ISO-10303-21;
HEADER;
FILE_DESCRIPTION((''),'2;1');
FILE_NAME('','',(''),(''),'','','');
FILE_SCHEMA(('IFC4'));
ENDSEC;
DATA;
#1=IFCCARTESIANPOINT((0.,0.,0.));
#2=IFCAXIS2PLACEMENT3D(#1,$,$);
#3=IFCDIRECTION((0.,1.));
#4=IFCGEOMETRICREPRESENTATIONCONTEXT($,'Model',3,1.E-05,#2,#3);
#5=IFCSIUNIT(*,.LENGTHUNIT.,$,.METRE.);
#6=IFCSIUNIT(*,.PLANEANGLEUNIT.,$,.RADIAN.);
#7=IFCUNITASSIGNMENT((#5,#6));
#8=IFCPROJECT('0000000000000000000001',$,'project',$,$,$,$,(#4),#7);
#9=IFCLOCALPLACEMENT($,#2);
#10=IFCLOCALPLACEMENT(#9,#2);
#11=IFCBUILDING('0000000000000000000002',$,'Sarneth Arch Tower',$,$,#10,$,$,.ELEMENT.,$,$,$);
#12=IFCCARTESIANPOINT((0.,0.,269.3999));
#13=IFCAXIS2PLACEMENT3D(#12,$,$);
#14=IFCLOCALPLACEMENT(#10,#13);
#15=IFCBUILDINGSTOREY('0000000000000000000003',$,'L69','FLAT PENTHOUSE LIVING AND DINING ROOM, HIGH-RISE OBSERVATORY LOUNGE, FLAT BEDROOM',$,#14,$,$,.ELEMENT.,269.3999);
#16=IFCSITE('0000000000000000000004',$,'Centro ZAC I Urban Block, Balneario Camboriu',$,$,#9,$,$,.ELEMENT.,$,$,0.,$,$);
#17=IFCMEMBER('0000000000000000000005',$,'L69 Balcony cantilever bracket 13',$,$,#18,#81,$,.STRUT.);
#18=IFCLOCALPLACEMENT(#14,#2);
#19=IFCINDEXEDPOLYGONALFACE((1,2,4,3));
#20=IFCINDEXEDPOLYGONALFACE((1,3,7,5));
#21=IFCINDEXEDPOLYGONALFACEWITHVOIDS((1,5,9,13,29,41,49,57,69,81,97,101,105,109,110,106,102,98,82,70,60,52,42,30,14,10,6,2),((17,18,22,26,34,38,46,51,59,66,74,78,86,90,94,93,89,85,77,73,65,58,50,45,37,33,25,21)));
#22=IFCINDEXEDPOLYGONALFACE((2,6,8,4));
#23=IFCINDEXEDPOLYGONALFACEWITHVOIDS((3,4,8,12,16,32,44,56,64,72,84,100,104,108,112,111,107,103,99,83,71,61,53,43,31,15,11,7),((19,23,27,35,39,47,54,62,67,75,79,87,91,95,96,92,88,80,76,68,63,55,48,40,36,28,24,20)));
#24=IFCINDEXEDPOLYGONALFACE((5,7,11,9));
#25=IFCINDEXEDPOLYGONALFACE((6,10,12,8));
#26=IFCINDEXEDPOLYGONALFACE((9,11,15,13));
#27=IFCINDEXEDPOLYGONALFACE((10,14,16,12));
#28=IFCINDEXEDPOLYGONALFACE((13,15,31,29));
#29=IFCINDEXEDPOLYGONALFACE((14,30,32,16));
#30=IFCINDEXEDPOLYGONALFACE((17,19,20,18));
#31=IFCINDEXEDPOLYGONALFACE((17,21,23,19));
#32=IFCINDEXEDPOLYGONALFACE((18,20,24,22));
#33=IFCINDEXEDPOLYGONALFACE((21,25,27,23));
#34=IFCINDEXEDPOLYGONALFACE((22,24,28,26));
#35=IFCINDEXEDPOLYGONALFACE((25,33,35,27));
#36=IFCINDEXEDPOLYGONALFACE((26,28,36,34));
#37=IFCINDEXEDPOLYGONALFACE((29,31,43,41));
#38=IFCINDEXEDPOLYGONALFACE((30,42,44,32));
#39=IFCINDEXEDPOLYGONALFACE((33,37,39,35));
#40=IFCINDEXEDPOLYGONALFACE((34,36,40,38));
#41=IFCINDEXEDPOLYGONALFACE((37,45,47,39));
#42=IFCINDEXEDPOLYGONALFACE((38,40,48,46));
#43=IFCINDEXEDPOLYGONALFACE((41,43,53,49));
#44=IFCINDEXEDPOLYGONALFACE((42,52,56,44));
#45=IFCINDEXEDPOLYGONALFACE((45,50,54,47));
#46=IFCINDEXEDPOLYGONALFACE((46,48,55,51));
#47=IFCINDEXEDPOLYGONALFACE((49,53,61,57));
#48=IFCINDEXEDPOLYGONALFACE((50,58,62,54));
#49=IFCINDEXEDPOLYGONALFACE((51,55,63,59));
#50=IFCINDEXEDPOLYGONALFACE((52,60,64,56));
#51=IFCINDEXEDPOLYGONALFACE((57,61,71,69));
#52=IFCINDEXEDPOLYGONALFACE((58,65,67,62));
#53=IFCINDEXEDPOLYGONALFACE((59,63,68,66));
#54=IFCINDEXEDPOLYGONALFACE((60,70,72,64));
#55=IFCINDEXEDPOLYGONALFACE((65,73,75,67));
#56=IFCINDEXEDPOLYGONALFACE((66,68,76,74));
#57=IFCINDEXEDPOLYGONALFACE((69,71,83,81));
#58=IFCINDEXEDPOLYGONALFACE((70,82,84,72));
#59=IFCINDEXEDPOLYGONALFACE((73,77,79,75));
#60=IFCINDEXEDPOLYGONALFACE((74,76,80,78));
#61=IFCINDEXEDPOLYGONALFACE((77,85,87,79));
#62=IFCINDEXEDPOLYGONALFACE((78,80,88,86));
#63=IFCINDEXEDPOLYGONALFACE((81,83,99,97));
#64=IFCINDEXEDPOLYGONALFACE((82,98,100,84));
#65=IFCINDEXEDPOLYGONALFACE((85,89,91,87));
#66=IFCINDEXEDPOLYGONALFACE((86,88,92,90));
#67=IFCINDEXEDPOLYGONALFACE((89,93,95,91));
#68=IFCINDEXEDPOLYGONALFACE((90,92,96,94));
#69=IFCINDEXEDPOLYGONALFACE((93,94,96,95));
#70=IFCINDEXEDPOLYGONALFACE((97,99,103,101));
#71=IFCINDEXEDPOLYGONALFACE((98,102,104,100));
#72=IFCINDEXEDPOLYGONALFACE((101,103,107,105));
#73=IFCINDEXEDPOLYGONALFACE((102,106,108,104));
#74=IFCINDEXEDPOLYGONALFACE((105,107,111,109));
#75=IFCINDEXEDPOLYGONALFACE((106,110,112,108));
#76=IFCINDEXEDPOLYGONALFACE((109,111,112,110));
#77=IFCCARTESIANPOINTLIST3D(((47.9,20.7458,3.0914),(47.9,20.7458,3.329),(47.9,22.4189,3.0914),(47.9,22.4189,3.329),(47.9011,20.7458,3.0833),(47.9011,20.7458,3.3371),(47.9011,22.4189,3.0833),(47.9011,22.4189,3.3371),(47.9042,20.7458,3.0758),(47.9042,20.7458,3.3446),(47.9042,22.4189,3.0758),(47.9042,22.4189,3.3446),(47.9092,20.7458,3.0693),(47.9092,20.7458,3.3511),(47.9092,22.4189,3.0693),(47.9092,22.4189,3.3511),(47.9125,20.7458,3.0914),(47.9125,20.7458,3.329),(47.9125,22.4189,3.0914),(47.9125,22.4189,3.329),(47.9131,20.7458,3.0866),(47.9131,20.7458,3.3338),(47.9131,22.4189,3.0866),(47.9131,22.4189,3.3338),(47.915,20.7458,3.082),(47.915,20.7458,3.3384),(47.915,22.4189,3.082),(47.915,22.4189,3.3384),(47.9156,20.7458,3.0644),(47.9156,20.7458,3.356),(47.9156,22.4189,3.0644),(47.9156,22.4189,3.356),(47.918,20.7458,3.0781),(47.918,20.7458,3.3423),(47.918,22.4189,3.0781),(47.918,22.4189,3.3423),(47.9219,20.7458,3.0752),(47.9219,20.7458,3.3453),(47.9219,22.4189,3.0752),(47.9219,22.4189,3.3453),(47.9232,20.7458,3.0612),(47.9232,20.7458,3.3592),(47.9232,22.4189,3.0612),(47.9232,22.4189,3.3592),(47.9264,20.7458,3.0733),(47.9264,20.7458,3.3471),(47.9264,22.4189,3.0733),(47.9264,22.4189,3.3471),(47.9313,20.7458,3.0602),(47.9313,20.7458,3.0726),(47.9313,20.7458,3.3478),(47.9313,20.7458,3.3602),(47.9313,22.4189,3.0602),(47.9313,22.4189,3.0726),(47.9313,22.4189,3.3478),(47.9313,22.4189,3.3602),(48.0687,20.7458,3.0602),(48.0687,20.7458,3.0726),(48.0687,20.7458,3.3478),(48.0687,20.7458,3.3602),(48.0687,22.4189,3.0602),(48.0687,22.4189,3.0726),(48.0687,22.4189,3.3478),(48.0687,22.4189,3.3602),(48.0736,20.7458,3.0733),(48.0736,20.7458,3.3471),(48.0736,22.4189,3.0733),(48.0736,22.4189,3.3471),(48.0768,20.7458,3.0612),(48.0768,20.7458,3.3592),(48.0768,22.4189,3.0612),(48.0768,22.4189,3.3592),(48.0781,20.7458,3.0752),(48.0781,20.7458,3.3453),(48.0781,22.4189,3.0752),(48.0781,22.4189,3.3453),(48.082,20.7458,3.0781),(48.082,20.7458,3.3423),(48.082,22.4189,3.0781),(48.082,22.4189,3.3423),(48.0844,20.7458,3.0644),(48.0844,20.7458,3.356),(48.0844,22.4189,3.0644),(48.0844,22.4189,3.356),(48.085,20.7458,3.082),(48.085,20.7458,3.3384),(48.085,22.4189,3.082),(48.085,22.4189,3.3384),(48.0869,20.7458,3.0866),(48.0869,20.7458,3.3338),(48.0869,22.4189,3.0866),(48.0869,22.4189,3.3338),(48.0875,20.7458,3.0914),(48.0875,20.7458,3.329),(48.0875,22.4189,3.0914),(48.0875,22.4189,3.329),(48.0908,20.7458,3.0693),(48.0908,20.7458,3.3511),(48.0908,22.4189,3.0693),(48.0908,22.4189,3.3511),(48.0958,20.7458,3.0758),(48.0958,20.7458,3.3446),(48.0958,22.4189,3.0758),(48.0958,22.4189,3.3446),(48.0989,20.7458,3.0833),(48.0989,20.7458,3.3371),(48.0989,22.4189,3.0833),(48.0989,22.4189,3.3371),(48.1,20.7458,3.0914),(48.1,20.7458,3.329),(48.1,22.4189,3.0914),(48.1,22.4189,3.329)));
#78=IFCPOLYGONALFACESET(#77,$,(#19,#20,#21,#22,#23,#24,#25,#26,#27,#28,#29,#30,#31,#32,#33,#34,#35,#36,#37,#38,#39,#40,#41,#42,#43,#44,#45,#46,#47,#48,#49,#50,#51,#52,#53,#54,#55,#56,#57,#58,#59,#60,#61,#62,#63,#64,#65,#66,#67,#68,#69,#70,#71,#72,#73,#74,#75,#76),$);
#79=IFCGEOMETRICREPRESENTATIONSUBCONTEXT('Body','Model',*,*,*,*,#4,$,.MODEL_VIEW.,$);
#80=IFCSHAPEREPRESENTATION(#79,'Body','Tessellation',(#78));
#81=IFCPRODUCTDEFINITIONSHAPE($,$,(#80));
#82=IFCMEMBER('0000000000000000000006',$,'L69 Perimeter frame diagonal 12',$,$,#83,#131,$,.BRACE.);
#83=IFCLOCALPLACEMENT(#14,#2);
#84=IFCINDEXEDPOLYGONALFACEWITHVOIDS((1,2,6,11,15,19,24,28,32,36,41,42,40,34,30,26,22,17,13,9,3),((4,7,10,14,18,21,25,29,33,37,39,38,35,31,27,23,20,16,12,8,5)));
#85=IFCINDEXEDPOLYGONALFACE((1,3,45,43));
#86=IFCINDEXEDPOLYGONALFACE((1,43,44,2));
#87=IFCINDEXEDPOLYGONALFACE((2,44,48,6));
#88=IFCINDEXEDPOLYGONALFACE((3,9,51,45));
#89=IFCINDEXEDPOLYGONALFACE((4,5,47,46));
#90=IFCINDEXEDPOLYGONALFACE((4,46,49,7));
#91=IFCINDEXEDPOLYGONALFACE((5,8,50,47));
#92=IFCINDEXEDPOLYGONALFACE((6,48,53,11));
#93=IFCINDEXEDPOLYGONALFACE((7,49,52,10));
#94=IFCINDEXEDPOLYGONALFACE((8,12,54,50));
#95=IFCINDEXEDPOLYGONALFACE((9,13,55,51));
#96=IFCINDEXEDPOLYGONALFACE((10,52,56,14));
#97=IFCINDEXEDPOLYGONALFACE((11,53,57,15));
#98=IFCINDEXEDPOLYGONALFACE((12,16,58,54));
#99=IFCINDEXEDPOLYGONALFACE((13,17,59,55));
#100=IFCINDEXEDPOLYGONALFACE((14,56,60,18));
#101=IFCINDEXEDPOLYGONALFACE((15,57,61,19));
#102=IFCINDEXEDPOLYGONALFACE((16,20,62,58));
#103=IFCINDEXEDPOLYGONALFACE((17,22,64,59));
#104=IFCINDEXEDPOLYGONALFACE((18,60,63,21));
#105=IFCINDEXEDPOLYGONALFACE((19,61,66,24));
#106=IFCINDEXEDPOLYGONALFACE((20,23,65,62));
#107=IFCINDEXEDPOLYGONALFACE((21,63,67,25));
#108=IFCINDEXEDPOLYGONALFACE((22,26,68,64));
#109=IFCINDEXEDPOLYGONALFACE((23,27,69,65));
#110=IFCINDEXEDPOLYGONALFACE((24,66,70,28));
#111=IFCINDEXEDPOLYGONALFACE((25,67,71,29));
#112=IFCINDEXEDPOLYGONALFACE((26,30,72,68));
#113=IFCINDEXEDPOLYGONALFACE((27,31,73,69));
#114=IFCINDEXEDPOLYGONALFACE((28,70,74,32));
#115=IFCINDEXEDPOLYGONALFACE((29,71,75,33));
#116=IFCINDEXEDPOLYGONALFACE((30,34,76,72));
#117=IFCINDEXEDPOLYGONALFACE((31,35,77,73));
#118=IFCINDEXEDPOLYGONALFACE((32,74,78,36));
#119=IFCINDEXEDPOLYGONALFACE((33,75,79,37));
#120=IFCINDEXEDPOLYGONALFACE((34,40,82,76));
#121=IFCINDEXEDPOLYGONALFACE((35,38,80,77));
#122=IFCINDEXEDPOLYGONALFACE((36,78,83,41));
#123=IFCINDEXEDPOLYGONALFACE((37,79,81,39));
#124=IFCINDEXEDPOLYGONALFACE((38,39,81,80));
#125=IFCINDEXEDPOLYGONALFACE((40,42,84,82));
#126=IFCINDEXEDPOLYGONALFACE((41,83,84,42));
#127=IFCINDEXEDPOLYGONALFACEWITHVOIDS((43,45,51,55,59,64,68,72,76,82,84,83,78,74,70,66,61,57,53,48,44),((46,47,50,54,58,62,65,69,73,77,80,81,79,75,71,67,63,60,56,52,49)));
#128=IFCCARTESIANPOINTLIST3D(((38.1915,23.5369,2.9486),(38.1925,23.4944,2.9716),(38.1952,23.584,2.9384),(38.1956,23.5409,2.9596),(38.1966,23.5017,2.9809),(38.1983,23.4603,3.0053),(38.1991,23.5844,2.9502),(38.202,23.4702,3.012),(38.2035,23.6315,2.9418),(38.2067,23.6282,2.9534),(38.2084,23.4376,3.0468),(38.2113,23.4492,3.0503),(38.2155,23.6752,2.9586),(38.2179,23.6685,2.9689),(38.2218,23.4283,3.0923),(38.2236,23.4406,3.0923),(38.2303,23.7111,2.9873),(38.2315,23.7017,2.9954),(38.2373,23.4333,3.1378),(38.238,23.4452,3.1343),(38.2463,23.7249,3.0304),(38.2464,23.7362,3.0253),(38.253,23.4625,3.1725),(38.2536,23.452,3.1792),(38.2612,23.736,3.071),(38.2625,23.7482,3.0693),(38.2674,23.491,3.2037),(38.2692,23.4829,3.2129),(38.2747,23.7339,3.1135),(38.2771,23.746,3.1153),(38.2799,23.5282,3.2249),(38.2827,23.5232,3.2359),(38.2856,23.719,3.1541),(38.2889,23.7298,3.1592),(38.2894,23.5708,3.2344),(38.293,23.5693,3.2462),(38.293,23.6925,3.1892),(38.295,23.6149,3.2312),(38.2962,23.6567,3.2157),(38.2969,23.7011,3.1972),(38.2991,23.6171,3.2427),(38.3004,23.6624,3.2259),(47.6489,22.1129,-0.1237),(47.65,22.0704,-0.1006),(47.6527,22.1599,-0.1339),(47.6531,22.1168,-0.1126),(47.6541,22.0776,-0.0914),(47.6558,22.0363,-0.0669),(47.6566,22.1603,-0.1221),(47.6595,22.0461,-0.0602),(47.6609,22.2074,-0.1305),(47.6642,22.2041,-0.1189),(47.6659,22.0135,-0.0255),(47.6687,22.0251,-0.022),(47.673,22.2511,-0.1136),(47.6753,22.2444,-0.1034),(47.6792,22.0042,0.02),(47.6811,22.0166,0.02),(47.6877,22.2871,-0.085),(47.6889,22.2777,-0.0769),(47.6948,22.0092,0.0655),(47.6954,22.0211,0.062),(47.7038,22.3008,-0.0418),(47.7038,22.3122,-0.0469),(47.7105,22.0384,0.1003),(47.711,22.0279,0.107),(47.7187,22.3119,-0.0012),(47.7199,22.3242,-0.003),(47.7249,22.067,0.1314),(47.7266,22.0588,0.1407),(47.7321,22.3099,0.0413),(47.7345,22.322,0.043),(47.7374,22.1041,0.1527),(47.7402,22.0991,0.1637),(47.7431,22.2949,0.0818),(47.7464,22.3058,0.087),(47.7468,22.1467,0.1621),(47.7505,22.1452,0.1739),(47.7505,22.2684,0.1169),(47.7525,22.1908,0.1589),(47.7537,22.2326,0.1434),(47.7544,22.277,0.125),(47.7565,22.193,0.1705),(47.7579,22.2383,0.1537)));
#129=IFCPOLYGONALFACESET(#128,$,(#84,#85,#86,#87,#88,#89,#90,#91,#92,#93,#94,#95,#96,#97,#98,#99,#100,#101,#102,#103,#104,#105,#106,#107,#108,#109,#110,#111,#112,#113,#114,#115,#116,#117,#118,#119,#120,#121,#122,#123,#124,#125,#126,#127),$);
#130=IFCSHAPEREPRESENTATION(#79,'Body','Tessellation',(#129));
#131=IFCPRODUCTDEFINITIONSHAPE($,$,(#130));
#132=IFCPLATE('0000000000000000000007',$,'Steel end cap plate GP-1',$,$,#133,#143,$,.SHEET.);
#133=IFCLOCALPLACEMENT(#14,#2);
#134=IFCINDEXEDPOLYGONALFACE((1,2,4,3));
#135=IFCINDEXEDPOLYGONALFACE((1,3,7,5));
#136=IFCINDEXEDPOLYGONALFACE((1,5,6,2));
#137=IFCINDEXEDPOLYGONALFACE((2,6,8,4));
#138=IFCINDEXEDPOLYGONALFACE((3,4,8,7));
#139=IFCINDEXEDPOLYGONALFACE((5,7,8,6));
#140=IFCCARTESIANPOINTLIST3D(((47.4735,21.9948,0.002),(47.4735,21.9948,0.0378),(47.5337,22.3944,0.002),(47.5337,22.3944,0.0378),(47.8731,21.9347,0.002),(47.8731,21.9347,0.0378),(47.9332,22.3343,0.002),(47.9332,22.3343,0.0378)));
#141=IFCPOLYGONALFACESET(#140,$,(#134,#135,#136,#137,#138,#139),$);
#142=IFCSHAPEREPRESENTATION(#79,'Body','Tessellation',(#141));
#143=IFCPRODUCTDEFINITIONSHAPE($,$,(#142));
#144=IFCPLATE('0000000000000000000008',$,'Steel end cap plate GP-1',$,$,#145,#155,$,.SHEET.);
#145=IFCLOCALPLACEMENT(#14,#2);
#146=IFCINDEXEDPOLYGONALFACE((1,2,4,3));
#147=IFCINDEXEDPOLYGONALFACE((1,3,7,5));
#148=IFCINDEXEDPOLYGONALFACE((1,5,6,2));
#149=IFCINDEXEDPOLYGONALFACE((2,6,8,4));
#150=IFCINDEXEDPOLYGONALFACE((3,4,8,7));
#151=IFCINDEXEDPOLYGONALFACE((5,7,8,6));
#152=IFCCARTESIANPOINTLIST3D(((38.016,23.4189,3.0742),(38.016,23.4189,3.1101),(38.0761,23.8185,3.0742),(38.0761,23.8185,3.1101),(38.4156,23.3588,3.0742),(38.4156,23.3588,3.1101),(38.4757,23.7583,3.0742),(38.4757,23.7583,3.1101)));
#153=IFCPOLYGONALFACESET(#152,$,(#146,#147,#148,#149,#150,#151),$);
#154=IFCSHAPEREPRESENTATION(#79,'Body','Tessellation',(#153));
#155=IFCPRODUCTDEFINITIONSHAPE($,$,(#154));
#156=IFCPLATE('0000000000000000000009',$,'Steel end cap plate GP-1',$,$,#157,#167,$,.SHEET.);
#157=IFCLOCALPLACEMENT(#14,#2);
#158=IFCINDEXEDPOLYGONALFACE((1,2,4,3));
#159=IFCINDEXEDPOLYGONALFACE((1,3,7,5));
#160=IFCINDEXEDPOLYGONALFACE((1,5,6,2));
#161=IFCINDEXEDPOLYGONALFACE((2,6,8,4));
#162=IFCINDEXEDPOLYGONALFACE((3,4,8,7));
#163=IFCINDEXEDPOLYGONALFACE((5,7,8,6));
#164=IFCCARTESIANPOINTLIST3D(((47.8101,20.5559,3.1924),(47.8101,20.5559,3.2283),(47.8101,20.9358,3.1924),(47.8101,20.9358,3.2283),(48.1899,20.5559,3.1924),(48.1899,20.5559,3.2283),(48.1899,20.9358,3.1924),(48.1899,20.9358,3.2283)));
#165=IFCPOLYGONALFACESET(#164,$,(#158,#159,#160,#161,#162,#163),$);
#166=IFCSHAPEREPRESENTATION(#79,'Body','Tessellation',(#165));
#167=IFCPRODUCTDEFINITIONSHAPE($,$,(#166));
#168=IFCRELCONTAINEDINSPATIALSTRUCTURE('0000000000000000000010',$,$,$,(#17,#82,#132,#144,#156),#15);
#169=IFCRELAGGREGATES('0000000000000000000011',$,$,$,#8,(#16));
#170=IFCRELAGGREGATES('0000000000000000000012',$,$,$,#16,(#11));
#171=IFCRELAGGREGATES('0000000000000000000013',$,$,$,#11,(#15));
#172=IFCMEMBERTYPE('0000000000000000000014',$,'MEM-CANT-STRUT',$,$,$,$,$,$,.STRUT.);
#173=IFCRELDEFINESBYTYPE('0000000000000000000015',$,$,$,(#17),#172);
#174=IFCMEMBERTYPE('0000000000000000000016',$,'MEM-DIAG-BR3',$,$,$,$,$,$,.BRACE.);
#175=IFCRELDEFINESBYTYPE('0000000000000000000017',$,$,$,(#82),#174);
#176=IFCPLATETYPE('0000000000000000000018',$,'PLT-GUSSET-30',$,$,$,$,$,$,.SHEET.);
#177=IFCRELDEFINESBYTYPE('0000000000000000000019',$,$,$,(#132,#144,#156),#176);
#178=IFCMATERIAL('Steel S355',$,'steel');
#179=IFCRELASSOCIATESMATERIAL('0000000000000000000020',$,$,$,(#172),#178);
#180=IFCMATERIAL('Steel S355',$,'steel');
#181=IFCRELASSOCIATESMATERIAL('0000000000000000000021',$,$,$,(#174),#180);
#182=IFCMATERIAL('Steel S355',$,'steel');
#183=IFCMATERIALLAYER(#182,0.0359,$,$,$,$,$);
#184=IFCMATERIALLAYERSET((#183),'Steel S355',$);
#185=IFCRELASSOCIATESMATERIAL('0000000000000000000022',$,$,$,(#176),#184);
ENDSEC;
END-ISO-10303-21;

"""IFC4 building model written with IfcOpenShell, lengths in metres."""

from ifc_helpers import new_model, si_unit, direction, frame, origin, origin_2d, place, context, subcontext, project, spatial, rectangle, hollow_rectangle, hollow_circle, extrude, material, layer, layer_set, material_profile, profile_set, type_object, element, save


model = new_model("IFC4")

# Units and contexts
model_context = context("Model", 3, precision=1e-05, world=origin(), true_north=direction((0.0, 1.0)))
body_context = subcontext(model_context, "Body", "Model", "MODEL_VIEW")
ifc_project = project(units=[si_unit("LENGTHUNIT", "METRE"), si_unit("PLANEANGLEUNIT", "RADIAN")], contexts=[model_context])

# Site, building, storey
site_placement = place(None, origin())
site = spatial("IfcSite", under=ifc_project, at=site_placement, Name="Centro ZAC I Urban Block, Balneario Camboriu", CompositionType="ELEMENT", RefElevation=0.0)
building_placement = place(site_placement, origin())
building = spatial("IfcBuilding", under=site, at=building_placement, Name="Sarneth Arch Tower", CompositionType="ELEMENT")
storey_placement = place(building_placement, frame((0.0, 0.0, 269.3999)))
storey = spatial("IfcBuildingStorey", under=building, at=storey_placement, Name="L69", Description="FLAT PENTHOUSE LIVING AND DINING ROOM, HIGH-RISE OBSERVATORY LOUNGE, FLAT BEDROOM", CompositionType="ELEMENT", Elevation=269.3999)

# Members
ifc_material_1 = material(Name="Steel S355", Category="steel")
ifc_material_profile_1 = material_profile(ifc_material_1, hollow_rectangle(XDim=0.2, YDim=0.3, WallThickness=0.0125, InnerFilletRadius=0.0188, OuterFilletRadius=0.0312, at=origin_2d()), Name="RHS300x200x12.5")
ifc_profile_set_1 = profile_set([ifc_material_profile_1], Name="Steel S355")
member_type_1 = type_object("IfcMemberType", Name="MEM-CANT-STRUT", PredefinedType="STRUT", material=ifc_profile_set_1)
member_1_placement = place(storey_placement, frame((48.0, 22.4189, 3.2102), z_axis=(0.0, -1.0, 0.0), x_axis=(1.0, 0.0, 0.0)))
element("IfcMember", 1, at=member_1_placement, inside=storey, type_object=member_type_1, Name="L69 Balcony cantilever bracket 13", PredefinedType="STRUT", context=body_context, shape_type="SweptSolid", body=[
    extrude(hollow_rectangle(XDim=0.2, YDim=0.3, WallThickness=0.0125, InnerFilletRadius=0.0188, OuterFilletRadius=0.0312, at=origin_2d()), origin(), (0.0, 0.0, 1.0), 1.6731),
])
ifc_material_2 = material(Name="Steel S355", Category="steel")
ifc_material_profile_2 = material_profile(ifc_material_2, hollow_circle(Radius=0.1621, WallThickness=0.0125, at=origin_2d()), Name="CHS324x12.5")
ifc_profile_set_2 = profile_set([ifc_material_profile_2], Name="Steel S355")
member_type_2 = type_object("IfcMemberType", Name="MEM-DIAG-BR3", PredefinedType="BRACE", material=ifc_profile_set_2)
member_2_placement = place(storey_placement, frame((47.7034, 22.1646, 0.02), z_axis=(-0.941471, 0.141763, 0.305836), x_axis=(-0.148897, -0.988853, 0.0)))
element("IfcMember", 2, at=member_2_placement, inside=storey, type_object=member_type_2, Name="L69 Perimeter frame diagonal 12", PredefinedType="BRACE", context=body_context, shape_type="SweptSolid", body=[
    extrude(hollow_circle(Radius=0.1621, WallThickness=0.0125, at=origin_2d()), origin(), (0.0, 0.0, 1.0), 10.0454),
])

# Plates
ifc_material_3 = material(Name="Steel S355", Category="steel")
ifc_layer_1 = layer(ifc_material_3, 0.0359)
ifc_layer_set_1 = layer_set([ifc_layer_1], Name="Steel S355")
plate_type = type_object("IfcPlateType", Name="PLT-GUSSET-30", PredefinedType="SHEET", material=ifc_layer_set_1)
for number, where, z_axis, x_axis, name in (
    (3, (47.7034, 22.1646, 0.002), (0.0, 0.0, 1.0), (0.988861, -0.148845, 0.0), "Steel end cap plate GP-1"),
    (4, (38.2458, 23.5886, 3.0742), (0.0, 0.0, 1.0), (0.988861, -0.148845, 0.0), "Steel end cap plate GP-1"),
):
    element("IfcPlate", number, at=place(storey_placement, frame(where, z_axis=z_axis, x_axis=x_axis)), inside=storey, type_object=plate_type, Name=name, PredefinedType="SHEET", context=body_context, shape_type="SweptSolid", body=[
        extrude(rectangle(XDim=0.4041, YDim=0.4041, at=origin_2d()), origin(), (0.0, 0.0, 1.0), 0.0359),
    ])
plate_placement = place(storey_placement, frame((48.0, 20.7458, 3.1924), z_axis=(0.0, 0.0, 1.0), x_axis=(0.0, -1.0, 0.0)))
element("IfcPlate", 5, at=plate_placement, inside=storey, type_object=plate_type, Name="Steel end cap plate GP-1", PredefinedType="SHEET", context=body_context, shape_type="SweptSolid", body=[
    extrude(rectangle(XDim=0.3799, YDim=0.3799, at=origin_2d()), origin(), (0.0, 0.0, 1.0), 0.0359),
])

save(model, "model.ifc")
